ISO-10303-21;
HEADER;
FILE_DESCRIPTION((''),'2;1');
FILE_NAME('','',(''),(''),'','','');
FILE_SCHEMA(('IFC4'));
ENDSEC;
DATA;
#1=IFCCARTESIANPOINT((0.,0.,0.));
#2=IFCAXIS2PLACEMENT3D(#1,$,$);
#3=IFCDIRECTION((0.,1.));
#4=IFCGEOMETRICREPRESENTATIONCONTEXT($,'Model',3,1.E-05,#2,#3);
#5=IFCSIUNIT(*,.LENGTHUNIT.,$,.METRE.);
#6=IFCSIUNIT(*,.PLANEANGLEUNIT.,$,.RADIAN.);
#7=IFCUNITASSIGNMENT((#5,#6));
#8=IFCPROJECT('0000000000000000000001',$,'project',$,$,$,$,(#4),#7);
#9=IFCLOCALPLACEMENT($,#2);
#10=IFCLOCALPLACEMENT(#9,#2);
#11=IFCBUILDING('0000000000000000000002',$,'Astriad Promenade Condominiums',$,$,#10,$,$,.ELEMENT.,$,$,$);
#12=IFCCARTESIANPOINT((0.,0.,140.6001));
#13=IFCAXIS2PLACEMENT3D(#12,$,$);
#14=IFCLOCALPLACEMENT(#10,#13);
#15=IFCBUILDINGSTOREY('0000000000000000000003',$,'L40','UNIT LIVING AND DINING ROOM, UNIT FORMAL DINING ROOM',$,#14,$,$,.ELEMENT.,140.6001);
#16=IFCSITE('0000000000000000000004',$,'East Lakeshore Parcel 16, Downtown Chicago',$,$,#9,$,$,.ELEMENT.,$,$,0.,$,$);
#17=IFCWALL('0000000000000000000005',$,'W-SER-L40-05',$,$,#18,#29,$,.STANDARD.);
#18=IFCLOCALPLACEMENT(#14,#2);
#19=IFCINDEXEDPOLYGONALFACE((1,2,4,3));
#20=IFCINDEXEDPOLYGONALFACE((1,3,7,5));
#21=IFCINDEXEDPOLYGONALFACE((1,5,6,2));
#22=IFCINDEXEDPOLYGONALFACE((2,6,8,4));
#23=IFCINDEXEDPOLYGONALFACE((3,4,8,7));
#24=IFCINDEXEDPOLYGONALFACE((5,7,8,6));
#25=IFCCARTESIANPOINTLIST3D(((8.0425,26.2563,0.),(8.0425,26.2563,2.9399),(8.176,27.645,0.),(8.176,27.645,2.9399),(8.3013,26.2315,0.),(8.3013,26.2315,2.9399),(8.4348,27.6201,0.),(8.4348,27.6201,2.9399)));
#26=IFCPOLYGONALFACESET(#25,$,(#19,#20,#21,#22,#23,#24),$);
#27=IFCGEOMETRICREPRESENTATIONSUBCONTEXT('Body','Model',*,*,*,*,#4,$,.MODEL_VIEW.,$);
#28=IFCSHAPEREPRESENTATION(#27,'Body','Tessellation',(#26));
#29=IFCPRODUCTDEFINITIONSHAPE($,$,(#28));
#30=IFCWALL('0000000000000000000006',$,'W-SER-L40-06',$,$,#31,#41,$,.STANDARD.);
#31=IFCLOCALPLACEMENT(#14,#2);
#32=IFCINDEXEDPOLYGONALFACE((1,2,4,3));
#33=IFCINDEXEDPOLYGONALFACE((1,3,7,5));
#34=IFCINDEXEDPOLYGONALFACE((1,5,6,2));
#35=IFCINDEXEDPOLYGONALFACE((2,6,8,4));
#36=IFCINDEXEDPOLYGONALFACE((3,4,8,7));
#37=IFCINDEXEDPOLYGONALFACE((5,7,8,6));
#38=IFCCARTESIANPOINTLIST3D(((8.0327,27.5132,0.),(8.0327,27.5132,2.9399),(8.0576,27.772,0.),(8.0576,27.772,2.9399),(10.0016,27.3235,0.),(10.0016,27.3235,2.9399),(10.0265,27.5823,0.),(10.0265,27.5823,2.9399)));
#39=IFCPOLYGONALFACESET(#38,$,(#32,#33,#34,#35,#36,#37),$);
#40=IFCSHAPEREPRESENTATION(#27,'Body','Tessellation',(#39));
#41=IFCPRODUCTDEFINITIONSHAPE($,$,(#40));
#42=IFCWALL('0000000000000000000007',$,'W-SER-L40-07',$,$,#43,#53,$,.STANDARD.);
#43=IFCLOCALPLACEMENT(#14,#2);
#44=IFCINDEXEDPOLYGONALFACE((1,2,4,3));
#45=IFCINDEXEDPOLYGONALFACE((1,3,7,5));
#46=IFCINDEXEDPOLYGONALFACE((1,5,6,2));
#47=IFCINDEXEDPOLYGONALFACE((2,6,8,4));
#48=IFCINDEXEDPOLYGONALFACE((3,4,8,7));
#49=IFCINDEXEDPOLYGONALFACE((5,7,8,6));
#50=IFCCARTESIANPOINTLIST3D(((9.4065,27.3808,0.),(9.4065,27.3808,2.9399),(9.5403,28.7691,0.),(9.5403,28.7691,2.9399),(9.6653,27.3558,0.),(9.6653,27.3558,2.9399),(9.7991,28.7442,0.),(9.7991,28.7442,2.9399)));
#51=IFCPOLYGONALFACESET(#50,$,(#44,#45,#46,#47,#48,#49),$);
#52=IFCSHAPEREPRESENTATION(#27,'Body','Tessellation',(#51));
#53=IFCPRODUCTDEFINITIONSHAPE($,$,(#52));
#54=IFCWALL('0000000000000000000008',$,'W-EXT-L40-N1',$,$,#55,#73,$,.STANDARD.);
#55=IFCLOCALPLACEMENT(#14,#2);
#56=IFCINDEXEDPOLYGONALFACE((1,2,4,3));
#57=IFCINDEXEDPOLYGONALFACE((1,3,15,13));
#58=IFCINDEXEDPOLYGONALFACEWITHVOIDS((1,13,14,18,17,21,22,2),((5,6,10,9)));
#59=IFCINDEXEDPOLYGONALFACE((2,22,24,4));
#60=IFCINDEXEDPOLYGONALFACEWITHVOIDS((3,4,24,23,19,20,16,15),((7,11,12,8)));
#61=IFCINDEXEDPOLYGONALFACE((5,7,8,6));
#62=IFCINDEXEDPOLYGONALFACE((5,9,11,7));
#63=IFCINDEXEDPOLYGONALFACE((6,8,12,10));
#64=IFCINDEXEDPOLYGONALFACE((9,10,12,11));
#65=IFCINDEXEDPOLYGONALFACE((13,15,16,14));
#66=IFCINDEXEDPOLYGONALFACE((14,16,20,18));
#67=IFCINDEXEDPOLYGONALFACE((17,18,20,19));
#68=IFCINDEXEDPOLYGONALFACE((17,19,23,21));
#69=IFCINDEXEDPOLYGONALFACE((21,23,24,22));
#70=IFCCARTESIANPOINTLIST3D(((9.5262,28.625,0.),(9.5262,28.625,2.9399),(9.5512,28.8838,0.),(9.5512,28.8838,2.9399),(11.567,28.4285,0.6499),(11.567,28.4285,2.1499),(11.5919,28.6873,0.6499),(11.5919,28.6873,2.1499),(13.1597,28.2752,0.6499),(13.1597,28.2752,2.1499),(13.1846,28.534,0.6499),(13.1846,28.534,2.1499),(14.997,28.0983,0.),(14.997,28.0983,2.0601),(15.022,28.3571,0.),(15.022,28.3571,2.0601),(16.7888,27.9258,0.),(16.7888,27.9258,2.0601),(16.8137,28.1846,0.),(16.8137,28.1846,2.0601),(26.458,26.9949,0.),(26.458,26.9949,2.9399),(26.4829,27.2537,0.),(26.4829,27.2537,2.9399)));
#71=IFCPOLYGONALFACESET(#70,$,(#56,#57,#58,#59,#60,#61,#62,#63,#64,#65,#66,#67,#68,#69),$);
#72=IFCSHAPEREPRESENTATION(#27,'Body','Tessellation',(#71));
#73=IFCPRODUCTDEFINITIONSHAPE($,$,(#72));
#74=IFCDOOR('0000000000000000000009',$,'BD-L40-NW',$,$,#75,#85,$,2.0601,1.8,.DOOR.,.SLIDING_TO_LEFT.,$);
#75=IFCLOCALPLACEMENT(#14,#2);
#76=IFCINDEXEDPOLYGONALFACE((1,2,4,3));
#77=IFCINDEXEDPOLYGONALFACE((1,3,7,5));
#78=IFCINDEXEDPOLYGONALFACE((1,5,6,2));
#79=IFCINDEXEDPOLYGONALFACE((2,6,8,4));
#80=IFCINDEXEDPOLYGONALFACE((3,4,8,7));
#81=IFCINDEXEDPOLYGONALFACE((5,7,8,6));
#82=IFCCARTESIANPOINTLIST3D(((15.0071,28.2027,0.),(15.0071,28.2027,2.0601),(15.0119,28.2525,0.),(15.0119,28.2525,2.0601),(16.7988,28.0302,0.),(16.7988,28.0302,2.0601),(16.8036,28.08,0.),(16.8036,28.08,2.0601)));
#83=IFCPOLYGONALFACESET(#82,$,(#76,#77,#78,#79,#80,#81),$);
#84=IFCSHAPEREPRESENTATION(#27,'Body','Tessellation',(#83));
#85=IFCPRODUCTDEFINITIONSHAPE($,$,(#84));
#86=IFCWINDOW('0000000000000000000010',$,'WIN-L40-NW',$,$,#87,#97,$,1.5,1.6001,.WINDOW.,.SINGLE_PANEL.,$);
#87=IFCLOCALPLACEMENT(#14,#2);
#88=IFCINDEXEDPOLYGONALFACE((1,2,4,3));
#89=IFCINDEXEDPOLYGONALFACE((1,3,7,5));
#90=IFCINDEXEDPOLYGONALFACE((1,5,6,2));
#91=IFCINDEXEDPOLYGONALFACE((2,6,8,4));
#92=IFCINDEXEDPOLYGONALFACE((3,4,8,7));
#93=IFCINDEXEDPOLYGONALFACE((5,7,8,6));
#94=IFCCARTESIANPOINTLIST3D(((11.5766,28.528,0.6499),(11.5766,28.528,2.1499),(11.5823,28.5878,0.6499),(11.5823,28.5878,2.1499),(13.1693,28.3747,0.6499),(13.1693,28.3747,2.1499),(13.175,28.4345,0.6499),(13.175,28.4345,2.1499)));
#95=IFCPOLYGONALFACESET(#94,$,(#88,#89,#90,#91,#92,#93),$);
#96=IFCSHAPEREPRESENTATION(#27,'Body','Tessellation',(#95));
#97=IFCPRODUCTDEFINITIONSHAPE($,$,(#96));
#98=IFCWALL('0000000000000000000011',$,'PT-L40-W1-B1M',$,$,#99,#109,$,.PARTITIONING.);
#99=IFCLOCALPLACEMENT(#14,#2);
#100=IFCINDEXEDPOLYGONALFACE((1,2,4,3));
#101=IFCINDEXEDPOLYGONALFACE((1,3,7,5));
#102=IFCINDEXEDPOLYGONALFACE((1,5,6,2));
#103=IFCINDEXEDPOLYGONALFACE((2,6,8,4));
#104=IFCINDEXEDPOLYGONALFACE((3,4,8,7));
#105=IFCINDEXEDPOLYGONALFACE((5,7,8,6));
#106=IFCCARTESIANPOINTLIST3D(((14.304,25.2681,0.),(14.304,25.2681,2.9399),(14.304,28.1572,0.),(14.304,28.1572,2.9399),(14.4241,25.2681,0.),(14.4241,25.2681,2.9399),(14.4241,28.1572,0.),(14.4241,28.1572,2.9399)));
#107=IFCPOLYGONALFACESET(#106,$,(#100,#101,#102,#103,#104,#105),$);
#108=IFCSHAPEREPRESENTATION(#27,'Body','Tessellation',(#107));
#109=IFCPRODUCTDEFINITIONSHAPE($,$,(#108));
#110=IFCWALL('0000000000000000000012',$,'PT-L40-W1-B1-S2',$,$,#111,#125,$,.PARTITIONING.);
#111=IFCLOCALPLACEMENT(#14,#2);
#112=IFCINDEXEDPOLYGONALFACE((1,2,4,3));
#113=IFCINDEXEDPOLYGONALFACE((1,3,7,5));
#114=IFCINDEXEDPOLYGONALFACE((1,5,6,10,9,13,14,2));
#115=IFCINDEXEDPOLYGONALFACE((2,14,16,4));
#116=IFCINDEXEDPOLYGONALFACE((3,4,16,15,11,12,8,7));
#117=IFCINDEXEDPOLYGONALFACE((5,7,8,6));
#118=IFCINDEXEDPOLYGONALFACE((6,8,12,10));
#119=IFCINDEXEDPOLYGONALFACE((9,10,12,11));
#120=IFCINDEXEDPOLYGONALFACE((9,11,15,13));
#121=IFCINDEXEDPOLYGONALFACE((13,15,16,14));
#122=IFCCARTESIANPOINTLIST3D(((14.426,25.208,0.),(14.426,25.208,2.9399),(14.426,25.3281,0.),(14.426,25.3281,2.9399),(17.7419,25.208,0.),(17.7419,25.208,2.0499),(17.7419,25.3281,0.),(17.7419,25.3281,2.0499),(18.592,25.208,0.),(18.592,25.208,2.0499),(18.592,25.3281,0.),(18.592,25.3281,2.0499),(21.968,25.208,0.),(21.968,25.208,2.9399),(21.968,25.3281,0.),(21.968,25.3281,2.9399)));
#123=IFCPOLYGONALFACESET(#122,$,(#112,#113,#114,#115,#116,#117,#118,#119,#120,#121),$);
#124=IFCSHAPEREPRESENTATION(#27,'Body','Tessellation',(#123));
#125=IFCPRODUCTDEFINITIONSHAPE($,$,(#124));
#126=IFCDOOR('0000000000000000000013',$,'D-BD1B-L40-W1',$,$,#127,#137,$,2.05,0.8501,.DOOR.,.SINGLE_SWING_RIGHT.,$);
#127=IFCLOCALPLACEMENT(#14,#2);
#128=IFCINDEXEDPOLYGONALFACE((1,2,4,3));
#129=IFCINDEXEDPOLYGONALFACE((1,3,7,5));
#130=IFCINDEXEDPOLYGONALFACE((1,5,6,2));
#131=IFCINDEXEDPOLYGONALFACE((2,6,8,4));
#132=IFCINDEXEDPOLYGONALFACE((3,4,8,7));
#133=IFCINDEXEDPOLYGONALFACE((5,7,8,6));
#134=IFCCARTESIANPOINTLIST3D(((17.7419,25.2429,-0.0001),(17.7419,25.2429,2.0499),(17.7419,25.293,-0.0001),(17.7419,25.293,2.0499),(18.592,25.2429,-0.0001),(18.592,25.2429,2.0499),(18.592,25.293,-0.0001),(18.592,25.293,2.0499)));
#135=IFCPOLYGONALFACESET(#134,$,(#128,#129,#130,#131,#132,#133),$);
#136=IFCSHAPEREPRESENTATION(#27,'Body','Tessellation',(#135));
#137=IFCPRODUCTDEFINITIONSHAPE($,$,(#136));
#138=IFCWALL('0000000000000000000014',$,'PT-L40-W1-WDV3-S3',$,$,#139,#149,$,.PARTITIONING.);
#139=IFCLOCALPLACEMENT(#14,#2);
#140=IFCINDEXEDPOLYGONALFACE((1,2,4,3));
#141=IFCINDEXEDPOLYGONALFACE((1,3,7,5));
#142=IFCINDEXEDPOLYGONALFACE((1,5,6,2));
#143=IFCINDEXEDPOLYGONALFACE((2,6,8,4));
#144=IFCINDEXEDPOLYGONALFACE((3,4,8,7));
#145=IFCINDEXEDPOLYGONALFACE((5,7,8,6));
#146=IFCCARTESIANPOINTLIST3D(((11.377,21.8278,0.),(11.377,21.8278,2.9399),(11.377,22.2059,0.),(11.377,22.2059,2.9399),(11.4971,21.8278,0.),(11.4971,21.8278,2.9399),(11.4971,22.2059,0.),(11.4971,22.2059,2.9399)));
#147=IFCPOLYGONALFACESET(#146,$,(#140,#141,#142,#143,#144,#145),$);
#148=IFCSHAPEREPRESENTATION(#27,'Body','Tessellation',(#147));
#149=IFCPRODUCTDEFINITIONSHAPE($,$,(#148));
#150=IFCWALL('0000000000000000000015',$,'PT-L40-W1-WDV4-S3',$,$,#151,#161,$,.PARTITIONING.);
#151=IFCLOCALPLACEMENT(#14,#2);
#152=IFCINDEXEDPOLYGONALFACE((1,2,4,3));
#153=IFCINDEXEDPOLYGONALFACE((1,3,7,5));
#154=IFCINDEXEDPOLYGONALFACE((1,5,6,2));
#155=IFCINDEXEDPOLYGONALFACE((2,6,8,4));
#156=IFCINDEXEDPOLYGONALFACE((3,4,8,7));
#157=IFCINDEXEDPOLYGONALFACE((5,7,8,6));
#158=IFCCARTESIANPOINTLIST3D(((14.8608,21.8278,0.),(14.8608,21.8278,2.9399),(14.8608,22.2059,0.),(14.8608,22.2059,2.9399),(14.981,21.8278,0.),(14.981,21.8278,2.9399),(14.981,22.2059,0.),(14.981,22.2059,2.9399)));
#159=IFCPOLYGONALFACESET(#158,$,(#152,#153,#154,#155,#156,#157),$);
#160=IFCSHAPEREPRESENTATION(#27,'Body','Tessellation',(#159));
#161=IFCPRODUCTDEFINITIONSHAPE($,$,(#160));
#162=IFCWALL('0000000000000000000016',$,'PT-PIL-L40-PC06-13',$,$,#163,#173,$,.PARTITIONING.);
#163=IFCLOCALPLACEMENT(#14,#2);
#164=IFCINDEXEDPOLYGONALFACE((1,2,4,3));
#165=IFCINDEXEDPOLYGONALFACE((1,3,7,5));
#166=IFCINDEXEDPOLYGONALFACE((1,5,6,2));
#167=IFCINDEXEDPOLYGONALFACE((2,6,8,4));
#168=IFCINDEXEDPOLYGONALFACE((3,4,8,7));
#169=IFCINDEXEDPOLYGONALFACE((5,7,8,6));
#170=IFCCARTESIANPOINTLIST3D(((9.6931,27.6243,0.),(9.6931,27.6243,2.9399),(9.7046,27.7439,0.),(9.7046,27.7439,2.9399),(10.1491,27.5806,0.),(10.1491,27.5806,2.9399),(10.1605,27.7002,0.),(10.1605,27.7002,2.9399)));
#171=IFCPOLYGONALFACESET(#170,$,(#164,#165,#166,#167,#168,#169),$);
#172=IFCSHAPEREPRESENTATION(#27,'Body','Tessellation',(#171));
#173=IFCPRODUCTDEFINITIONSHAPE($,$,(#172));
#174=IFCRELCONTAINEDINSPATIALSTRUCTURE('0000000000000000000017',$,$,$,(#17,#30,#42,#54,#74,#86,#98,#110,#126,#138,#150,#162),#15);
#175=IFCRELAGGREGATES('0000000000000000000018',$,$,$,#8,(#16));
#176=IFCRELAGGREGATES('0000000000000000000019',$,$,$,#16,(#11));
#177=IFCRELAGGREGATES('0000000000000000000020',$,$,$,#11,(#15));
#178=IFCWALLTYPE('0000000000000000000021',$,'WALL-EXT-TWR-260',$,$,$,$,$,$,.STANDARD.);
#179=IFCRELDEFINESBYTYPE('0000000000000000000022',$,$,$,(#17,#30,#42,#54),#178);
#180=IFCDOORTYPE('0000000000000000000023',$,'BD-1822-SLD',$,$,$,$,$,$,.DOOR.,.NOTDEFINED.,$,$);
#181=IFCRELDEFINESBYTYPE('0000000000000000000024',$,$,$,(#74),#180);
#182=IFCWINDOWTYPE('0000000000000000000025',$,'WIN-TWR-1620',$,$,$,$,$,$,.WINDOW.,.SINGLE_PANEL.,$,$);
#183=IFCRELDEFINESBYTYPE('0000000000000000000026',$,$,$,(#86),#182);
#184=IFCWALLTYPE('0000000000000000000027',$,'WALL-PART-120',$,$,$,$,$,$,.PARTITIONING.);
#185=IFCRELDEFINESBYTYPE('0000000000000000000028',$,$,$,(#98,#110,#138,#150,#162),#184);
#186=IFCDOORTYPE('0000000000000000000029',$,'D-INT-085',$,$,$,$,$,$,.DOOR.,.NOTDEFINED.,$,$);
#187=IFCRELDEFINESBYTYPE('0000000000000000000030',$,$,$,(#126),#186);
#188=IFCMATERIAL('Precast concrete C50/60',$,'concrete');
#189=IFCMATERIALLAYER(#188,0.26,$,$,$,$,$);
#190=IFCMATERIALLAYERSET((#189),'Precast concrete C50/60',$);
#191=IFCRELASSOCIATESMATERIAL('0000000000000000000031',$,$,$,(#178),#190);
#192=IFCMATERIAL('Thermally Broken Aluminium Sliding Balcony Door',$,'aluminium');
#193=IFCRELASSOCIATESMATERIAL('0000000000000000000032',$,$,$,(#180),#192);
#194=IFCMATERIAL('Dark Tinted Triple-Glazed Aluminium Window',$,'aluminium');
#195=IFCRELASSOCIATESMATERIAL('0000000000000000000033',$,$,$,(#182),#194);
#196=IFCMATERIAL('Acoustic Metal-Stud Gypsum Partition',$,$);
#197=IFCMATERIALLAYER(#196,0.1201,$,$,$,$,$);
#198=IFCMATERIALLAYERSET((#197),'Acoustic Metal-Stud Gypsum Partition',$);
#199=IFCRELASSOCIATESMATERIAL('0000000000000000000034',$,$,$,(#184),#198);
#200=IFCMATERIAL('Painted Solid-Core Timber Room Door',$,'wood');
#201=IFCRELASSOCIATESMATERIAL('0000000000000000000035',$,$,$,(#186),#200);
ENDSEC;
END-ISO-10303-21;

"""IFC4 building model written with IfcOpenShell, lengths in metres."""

from ifc_helpers import new_model, si_unit, direction, frame, frame_2d, origin, place, context, subcontext, project, spatial, rectangle, extrude, source, transform, mapped, material, layer, layer_set, type_object, type_shapes, element, fill, save


model = new_model("IFC4")

# Units and contexts
model_context = context("Model", 3, precision=1e-05, world=origin(), true_north=direction((0.0, 1.0)))
body_context = subcontext(model_context, "Body", "Model", "MODEL_VIEW")
ifc_project = project(units=[si_unit("LENGTHUNIT", "METRE"), si_unit("PLANEANGLEUNIT", "RADIAN")], contexts=[model_context])

# Site, building, storey
site_placement = place(None, origin())
site = spatial("IfcSite", under=ifc_project, at=site_placement, Name="East Lakeshore Parcel 16, Downtown Chicago", CompositionType="ELEMENT", RefElevation=0.0)
building_placement = place(site_placement, origin())
building = spatial("IfcBuilding", under=site, at=building_placement, Name="Astriad Promenade Condominiums", CompositionType="ELEMENT")
storey_placement = place(building_placement, frame((0.0, 0.0, 140.6001)))
storey = spatial("IfcBuildingStorey", under=building, at=storey_placement, Name="L40", Description="UNIT LIVING AND DINING ROOM, UNIT FORMAL DINING ROOM", CompositionType="ELEMENT", Elevation=140.6001)

# Walls
ifc_material_1 = material(Name="Precast concrete C50/60", Category="concrete")
ifc_layer_1 = layer(ifc_material_1, 0.26)
ifc_layer_set_1 = layer_set([ifc_layer_1], Name="Precast concrete C50/60")
wall_type_1 = type_object("IfcWallType", Name="WALL-EXT-TWR-260", PredefinedType="STANDARD", material=ifc_layer_set_1)
wall_1_placement = place(storey_placement, frame((8.1719, 26.2439, 0.0), z_axis=(0.0, 0.0, 1.0), x_axis=(0.095726, 0.995408, 0.0)))
element("IfcWall", 1, at=wall_1_placement, inside=storey, type_object=wall_type_1, Name="W-SER-L40-05", PredefinedType="STANDARD", context=body_context, shape_type="SweptSolid", body=[
    extrude(rectangle(XDim=1.395, YDim=0.26, at=frame_2d((0.6975, 0.0))), origin(), (0.0, 0.0, 1.0), 2.9399),
])
wall_2_placement = place(storey_placement, frame((8.0452, 27.6426, 0.0), z_axis=(0.0, 0.0, 1.0), x_axis=(0.995391, -0.095898, 0.0)))
element("IfcWall", 2, at=wall_2_placement, inside=storey, type_object=wall_type_1, Name="W-SER-L40-06", PredefinedType="STANDARD", context=body_context, shape_type="SweptSolid", body=[
    extrude(rectangle(XDim=1.978, YDim=0.26, at=frame_2d((0.989, 0.0))), origin(), (0.0, 0.0, 1.0), 2.9399),
])
wall_3_placement = place(storey_placement, frame((9.5359, 27.3684, 0.0), z_axis=(0.0, 0.0, 1.0), x_axis=(0.095916, 0.995389, 0.0)))
element("IfcWall", 3, at=wall_3_placement, inside=storey, type_object=wall_type_1, Name="W-SER-L40-07", PredefinedType="STANDARD", context=body_context, shape_type="SweptSolid", body=[
    extrude(rectangle(XDim=1.3948, YDim=0.26, at=frame_2d((0.6973, 0.0))), origin(), (0.0, 0.0, 1.0), 2.9399),
])

# Wall, openings, door, window
wall_4_placement = place(storey_placement, frame((9.5388, 28.7544, 0.0), z_axis=(0.0, 0.0, 1.0), x_axis=(0.995397, -0.095834, 0.0)))
wall_4 = element("IfcWall", 4, at=wall_4_placement, inside=storey, type_object=wall_type_1, Name="W-EXT-L40-N1", PredefinedType="STANDARD", context=body_context, shape_type="SweptSolid", body=[
    extrude(rectangle(XDim=17.01, YDim=0.26, at=frame_2d((8.5049, 0.0))), origin(), (0.0, 0.0, 1.0), 2.9399),
])
opening_1_placement = place(wall_4_placement, frame((5.4961, 0.0, 0.0)))
opening_1 = element("IfcOpeningElement", 5, at=opening_1_placement, cuts=wall_4, PredefinedType="OPENING", context=body_context, shape_type="SweptSolid", body=[
    extrude(rectangle(XDim=1.8, YDim=2.0601, at=frame_2d((0.8999, 1.03))), frame((0.0, 0.1399, 0.0), z_axis=(0.0, -1.0, 0.0), x_axis=(1.0, 0.0, 0.0)), (0.0, 0.0, 1.0), 0.28),
])
opening_2_placement = place(wall_4_placement, frame((2.05, 0.0, 0.6499)))
opening_2 = element("IfcOpeningElement", 6, at=opening_2_placement, cuts=wall_4, PredefinedType="OPENING", context=body_context, shape_type="SweptSolid", body=[
    extrude(rectangle(XDim=1.6001, YDim=1.5, at=frame_2d((0.8, 0.75))), frame((0.0, 0.1399, 0.0), z_axis=(0.0, -1.0, 0.0), x_axis=(1.0, 0.0, 0.0)), (0.0, 0.0, 1.0), 0.28),
])
ifc_material_2 = material(Name="Thermally Broken Aluminium Sliding Balcony Door", Category="aluminium")
door_type_1 = type_object("IfcDoorType", Name="BD-1822-SLD", OperationType="NOTDEFINED", PredefinedType="DOOR", material=ifc_material_2)
shared_shape_1 = source(origin(), body_context, "Body", "SweptSolid", [
    extrude(rectangle(XDim=1.8, YDim=2.0601, at=frame_2d((0.8999, 1.03))), frame((0.0, 0.0249, 0.0), z_axis=(0.0, -1.0, 0.0), x_axis=(1.0, 0.0, 0.0)), (0.0, 0.0, 1.0), 0.05),
])
type_shapes(door_type_1, [shared_shape_1])
door_1_placement = place(opening_1_placement, origin())
door_1 = element("IfcDoor", 7, at=door_1_placement, inside=storey, type_object=door_type_1, Name="BD-L40-NW", OperationType="SLIDING_TO_LEFT", OverallHeight=2.0601, OverallWidth=1.8, PredefinedType="DOOR", context=body_context, shape_type="MappedRepresentation", body=[
    mapped(shared_shape_1, transform((0.0, 0.0, 0.0), scale=1.0)),
])
fill(opening_1, door_1)
ifc_material_3 = material(Name="Dark Tinted Triple-Glazed Aluminium Window", Category="aluminium")
window_type = type_object("IfcWindowType", Name="WIN-TWR-1620", PartitioningType="SINGLE_PANEL", PredefinedType="WINDOW", material=ifc_material_3)
shared_shape_2 = source(origin(), body_context, "Body", "SweptSolid", [
    extrude(rectangle(XDim=1.6001, YDim=1.5, at=frame_2d((0.8, 0.75))), frame((0.0, 0.03, 0.0), z_axis=(0.0, -1.0, 0.0), x_axis=(1.0, 0.0, 0.0)), (0.0, 0.0, 1.0), 0.0601),
])
type_shapes(window_type, [shared_shape_2])
window_placement = place(opening_2_placement, origin())
window = element("IfcWindow", 8, at=window_placement, inside=storey, type_object=window_type, Name="WIN-L40-NW", OverallHeight=1.5, OverallWidth=1.6001, PartitioningType="SINGLE_PANEL", PredefinedType="WINDOW", context=body_context, shape_type="MappedRepresentation", body=[
    mapped(shared_shape_2, transform((0.0, 0.0, 0.0), scale=1.0)),
])
fill(opening_2, window)

# Wall
ifc_material_4 = material(Name="Acoustic Metal-Stud Gypsum Partition")
ifc_layer_2 = layer(ifc_material_4, 0.1201)
ifc_layer_set_2 = layer_set([ifc_layer_2], Name="Acoustic Metal-Stud Gypsum Partition")
wall_type_2 = type_object("IfcWallType", Name="WALL-PART-120", PredefinedType="PARTITIONING", material=ifc_layer_set_2)
wall_5_placement = place(storey_placement, frame((14.364, 25.2681, 0.0), z_axis=(0.0, 0.0, 1.0), x_axis=(0.0, 1.0, 0.0)))
element("IfcWall", 9, at=wall_5_placement, inside=storey, type_object=wall_type_2, Name="PT-L40-W1-B1M", PredefinedType="PARTITIONING", context=body_context, shape_type="SweptSolid", body=[
    extrude(rectangle(XDim=2.8892, YDim=0.1201, at=frame_2d((1.4446, 0.0))), origin(), (0.0, 0.0, 1.0), 2.9399),
])

# Wall, opening, door
wall_6_placement = place(storey_placement, frame((14.426, 25.2681, 0.0), z_axis=(0.0, 0.0, 1.0), x_axis=(1.0, 0.0, 0.0)))
wall_6 = element("IfcWall", 10, at=wall_6_placement, inside=storey, type_object=wall_type_2, Name="PT-L40-W1-B1-S2", PredefinedType="PARTITIONING", context=body_context, shape_type="SweptSolid", body=[
    extrude(rectangle(XDim=7.542, YDim=0.1201, at=frame_2d((3.771, 0.0))), origin(), (0.0, 0.0, 1.0), 2.9399),
])
opening_3_placement = place(wall_6_placement, frame((3.3159, 0.0, 0.0)))
opening_3 = element("IfcOpeningElement", 11, at=opening_3_placement, cuts=wall_6, PredefinedType="OPENING", context=body_context, shape_type="SweptSolid", body=[
    extrude(rectangle(XDim=0.8501, YDim=2.05, at=frame_2d((0.425, 1.0249))), frame((0.0, 0.0701, 0.0), z_axis=(0.0, -1.0, 0.0), x_axis=(1.0, 0.0, 0.0)), (0.0, 0.0, 1.0), 0.1401),
])
ifc_material_5 = material(Name="Painted Solid-Core Timber Room Door", Category="wood")
door_type_2 = type_object("IfcDoorType", Name="D-INT-085", OperationType="NOTDEFINED", PredefinedType="DOOR", material=ifc_material_5)
shared_shape_3 = source(origin(), body_context, "Body", "SweptSolid", [
    extrude(rectangle(XDim=0.8501, YDim=2.05, at=frame_2d((0.425, 1.0249))), frame((0.0, 0.0249, 0.0), z_axis=(0.0, -1.0, 0.0), x_axis=(1.0, 0.0, 0.0)), (0.0, 0.0, 1.0), 0.05),
])
type_shapes(door_type_2, [shared_shape_3])
door_2_placement = place(opening_3_placement, origin())
door_2 = element("IfcDoor", 12, at=door_2_placement, inside=storey, type_object=door_type_2, Name="D-BD1B-L40-W1", OperationType="SINGLE_SWING_RIGHT", OverallHeight=2.05, OverallWidth=0.8501, PredefinedType="DOOR", context=body_context, shape_type="MappedRepresentation", body=[
    mapped(shared_shape_3, transform((0.0, 0.0, 0.0), scale=1.0)),
])
fill(opening_3, door_2)

# Walls
for number, where, z_axis, x_axis, name in (
    (13, (11.437, 21.8279, 0.0), (0.0, 0.0, 1.0), (0.0, 1.0, 0.0), "PT-L40-W1-WDV3-S3"),
    (14, (14.9209, 21.8279, 0.0), (0.0, 0.0, 1.0), (0.0, 1.0, 0.0), "PT-L40-W1-WDV4-S3"),
):
    element("IfcWall", number, at=place(storey_placement, frame(where, z_axis=z_axis, x_axis=x_axis)), inside=storey, type_object=wall_type_2, Name=name, PredefinedType="PARTITIONING", context=body_context, shape_type="SweptSolid", body=[
        extrude(rectangle(XDim=0.3782, YDim=0.1201, at=frame_2d((0.189, 0.0))), origin(), (0.0, 0.0, 1.0), 2.9399),
    ])
wall_7_placement = place(storey_placement, frame((10.1548, 27.6404, 0.0), z_axis=(0.0, 0.0, 1.0), x_axis=(-0.995435, 0.095438, 0.0)))
element("IfcWall", 15, at=wall_7_placement, inside=storey, type_object=wall_type_2, Name="PT-PIL-L40-PC06-13", PredefinedType="PARTITIONING", context=body_context, shape_type="SweptSolid", body=[
    extrude(rectangle(XDim=0.458, YDim=0.1201, at=frame_2d((0.229, 0.0))), origin(), (0.0, 0.0, 1.0), 2.9399),
])

save(model, "model.ifc")
